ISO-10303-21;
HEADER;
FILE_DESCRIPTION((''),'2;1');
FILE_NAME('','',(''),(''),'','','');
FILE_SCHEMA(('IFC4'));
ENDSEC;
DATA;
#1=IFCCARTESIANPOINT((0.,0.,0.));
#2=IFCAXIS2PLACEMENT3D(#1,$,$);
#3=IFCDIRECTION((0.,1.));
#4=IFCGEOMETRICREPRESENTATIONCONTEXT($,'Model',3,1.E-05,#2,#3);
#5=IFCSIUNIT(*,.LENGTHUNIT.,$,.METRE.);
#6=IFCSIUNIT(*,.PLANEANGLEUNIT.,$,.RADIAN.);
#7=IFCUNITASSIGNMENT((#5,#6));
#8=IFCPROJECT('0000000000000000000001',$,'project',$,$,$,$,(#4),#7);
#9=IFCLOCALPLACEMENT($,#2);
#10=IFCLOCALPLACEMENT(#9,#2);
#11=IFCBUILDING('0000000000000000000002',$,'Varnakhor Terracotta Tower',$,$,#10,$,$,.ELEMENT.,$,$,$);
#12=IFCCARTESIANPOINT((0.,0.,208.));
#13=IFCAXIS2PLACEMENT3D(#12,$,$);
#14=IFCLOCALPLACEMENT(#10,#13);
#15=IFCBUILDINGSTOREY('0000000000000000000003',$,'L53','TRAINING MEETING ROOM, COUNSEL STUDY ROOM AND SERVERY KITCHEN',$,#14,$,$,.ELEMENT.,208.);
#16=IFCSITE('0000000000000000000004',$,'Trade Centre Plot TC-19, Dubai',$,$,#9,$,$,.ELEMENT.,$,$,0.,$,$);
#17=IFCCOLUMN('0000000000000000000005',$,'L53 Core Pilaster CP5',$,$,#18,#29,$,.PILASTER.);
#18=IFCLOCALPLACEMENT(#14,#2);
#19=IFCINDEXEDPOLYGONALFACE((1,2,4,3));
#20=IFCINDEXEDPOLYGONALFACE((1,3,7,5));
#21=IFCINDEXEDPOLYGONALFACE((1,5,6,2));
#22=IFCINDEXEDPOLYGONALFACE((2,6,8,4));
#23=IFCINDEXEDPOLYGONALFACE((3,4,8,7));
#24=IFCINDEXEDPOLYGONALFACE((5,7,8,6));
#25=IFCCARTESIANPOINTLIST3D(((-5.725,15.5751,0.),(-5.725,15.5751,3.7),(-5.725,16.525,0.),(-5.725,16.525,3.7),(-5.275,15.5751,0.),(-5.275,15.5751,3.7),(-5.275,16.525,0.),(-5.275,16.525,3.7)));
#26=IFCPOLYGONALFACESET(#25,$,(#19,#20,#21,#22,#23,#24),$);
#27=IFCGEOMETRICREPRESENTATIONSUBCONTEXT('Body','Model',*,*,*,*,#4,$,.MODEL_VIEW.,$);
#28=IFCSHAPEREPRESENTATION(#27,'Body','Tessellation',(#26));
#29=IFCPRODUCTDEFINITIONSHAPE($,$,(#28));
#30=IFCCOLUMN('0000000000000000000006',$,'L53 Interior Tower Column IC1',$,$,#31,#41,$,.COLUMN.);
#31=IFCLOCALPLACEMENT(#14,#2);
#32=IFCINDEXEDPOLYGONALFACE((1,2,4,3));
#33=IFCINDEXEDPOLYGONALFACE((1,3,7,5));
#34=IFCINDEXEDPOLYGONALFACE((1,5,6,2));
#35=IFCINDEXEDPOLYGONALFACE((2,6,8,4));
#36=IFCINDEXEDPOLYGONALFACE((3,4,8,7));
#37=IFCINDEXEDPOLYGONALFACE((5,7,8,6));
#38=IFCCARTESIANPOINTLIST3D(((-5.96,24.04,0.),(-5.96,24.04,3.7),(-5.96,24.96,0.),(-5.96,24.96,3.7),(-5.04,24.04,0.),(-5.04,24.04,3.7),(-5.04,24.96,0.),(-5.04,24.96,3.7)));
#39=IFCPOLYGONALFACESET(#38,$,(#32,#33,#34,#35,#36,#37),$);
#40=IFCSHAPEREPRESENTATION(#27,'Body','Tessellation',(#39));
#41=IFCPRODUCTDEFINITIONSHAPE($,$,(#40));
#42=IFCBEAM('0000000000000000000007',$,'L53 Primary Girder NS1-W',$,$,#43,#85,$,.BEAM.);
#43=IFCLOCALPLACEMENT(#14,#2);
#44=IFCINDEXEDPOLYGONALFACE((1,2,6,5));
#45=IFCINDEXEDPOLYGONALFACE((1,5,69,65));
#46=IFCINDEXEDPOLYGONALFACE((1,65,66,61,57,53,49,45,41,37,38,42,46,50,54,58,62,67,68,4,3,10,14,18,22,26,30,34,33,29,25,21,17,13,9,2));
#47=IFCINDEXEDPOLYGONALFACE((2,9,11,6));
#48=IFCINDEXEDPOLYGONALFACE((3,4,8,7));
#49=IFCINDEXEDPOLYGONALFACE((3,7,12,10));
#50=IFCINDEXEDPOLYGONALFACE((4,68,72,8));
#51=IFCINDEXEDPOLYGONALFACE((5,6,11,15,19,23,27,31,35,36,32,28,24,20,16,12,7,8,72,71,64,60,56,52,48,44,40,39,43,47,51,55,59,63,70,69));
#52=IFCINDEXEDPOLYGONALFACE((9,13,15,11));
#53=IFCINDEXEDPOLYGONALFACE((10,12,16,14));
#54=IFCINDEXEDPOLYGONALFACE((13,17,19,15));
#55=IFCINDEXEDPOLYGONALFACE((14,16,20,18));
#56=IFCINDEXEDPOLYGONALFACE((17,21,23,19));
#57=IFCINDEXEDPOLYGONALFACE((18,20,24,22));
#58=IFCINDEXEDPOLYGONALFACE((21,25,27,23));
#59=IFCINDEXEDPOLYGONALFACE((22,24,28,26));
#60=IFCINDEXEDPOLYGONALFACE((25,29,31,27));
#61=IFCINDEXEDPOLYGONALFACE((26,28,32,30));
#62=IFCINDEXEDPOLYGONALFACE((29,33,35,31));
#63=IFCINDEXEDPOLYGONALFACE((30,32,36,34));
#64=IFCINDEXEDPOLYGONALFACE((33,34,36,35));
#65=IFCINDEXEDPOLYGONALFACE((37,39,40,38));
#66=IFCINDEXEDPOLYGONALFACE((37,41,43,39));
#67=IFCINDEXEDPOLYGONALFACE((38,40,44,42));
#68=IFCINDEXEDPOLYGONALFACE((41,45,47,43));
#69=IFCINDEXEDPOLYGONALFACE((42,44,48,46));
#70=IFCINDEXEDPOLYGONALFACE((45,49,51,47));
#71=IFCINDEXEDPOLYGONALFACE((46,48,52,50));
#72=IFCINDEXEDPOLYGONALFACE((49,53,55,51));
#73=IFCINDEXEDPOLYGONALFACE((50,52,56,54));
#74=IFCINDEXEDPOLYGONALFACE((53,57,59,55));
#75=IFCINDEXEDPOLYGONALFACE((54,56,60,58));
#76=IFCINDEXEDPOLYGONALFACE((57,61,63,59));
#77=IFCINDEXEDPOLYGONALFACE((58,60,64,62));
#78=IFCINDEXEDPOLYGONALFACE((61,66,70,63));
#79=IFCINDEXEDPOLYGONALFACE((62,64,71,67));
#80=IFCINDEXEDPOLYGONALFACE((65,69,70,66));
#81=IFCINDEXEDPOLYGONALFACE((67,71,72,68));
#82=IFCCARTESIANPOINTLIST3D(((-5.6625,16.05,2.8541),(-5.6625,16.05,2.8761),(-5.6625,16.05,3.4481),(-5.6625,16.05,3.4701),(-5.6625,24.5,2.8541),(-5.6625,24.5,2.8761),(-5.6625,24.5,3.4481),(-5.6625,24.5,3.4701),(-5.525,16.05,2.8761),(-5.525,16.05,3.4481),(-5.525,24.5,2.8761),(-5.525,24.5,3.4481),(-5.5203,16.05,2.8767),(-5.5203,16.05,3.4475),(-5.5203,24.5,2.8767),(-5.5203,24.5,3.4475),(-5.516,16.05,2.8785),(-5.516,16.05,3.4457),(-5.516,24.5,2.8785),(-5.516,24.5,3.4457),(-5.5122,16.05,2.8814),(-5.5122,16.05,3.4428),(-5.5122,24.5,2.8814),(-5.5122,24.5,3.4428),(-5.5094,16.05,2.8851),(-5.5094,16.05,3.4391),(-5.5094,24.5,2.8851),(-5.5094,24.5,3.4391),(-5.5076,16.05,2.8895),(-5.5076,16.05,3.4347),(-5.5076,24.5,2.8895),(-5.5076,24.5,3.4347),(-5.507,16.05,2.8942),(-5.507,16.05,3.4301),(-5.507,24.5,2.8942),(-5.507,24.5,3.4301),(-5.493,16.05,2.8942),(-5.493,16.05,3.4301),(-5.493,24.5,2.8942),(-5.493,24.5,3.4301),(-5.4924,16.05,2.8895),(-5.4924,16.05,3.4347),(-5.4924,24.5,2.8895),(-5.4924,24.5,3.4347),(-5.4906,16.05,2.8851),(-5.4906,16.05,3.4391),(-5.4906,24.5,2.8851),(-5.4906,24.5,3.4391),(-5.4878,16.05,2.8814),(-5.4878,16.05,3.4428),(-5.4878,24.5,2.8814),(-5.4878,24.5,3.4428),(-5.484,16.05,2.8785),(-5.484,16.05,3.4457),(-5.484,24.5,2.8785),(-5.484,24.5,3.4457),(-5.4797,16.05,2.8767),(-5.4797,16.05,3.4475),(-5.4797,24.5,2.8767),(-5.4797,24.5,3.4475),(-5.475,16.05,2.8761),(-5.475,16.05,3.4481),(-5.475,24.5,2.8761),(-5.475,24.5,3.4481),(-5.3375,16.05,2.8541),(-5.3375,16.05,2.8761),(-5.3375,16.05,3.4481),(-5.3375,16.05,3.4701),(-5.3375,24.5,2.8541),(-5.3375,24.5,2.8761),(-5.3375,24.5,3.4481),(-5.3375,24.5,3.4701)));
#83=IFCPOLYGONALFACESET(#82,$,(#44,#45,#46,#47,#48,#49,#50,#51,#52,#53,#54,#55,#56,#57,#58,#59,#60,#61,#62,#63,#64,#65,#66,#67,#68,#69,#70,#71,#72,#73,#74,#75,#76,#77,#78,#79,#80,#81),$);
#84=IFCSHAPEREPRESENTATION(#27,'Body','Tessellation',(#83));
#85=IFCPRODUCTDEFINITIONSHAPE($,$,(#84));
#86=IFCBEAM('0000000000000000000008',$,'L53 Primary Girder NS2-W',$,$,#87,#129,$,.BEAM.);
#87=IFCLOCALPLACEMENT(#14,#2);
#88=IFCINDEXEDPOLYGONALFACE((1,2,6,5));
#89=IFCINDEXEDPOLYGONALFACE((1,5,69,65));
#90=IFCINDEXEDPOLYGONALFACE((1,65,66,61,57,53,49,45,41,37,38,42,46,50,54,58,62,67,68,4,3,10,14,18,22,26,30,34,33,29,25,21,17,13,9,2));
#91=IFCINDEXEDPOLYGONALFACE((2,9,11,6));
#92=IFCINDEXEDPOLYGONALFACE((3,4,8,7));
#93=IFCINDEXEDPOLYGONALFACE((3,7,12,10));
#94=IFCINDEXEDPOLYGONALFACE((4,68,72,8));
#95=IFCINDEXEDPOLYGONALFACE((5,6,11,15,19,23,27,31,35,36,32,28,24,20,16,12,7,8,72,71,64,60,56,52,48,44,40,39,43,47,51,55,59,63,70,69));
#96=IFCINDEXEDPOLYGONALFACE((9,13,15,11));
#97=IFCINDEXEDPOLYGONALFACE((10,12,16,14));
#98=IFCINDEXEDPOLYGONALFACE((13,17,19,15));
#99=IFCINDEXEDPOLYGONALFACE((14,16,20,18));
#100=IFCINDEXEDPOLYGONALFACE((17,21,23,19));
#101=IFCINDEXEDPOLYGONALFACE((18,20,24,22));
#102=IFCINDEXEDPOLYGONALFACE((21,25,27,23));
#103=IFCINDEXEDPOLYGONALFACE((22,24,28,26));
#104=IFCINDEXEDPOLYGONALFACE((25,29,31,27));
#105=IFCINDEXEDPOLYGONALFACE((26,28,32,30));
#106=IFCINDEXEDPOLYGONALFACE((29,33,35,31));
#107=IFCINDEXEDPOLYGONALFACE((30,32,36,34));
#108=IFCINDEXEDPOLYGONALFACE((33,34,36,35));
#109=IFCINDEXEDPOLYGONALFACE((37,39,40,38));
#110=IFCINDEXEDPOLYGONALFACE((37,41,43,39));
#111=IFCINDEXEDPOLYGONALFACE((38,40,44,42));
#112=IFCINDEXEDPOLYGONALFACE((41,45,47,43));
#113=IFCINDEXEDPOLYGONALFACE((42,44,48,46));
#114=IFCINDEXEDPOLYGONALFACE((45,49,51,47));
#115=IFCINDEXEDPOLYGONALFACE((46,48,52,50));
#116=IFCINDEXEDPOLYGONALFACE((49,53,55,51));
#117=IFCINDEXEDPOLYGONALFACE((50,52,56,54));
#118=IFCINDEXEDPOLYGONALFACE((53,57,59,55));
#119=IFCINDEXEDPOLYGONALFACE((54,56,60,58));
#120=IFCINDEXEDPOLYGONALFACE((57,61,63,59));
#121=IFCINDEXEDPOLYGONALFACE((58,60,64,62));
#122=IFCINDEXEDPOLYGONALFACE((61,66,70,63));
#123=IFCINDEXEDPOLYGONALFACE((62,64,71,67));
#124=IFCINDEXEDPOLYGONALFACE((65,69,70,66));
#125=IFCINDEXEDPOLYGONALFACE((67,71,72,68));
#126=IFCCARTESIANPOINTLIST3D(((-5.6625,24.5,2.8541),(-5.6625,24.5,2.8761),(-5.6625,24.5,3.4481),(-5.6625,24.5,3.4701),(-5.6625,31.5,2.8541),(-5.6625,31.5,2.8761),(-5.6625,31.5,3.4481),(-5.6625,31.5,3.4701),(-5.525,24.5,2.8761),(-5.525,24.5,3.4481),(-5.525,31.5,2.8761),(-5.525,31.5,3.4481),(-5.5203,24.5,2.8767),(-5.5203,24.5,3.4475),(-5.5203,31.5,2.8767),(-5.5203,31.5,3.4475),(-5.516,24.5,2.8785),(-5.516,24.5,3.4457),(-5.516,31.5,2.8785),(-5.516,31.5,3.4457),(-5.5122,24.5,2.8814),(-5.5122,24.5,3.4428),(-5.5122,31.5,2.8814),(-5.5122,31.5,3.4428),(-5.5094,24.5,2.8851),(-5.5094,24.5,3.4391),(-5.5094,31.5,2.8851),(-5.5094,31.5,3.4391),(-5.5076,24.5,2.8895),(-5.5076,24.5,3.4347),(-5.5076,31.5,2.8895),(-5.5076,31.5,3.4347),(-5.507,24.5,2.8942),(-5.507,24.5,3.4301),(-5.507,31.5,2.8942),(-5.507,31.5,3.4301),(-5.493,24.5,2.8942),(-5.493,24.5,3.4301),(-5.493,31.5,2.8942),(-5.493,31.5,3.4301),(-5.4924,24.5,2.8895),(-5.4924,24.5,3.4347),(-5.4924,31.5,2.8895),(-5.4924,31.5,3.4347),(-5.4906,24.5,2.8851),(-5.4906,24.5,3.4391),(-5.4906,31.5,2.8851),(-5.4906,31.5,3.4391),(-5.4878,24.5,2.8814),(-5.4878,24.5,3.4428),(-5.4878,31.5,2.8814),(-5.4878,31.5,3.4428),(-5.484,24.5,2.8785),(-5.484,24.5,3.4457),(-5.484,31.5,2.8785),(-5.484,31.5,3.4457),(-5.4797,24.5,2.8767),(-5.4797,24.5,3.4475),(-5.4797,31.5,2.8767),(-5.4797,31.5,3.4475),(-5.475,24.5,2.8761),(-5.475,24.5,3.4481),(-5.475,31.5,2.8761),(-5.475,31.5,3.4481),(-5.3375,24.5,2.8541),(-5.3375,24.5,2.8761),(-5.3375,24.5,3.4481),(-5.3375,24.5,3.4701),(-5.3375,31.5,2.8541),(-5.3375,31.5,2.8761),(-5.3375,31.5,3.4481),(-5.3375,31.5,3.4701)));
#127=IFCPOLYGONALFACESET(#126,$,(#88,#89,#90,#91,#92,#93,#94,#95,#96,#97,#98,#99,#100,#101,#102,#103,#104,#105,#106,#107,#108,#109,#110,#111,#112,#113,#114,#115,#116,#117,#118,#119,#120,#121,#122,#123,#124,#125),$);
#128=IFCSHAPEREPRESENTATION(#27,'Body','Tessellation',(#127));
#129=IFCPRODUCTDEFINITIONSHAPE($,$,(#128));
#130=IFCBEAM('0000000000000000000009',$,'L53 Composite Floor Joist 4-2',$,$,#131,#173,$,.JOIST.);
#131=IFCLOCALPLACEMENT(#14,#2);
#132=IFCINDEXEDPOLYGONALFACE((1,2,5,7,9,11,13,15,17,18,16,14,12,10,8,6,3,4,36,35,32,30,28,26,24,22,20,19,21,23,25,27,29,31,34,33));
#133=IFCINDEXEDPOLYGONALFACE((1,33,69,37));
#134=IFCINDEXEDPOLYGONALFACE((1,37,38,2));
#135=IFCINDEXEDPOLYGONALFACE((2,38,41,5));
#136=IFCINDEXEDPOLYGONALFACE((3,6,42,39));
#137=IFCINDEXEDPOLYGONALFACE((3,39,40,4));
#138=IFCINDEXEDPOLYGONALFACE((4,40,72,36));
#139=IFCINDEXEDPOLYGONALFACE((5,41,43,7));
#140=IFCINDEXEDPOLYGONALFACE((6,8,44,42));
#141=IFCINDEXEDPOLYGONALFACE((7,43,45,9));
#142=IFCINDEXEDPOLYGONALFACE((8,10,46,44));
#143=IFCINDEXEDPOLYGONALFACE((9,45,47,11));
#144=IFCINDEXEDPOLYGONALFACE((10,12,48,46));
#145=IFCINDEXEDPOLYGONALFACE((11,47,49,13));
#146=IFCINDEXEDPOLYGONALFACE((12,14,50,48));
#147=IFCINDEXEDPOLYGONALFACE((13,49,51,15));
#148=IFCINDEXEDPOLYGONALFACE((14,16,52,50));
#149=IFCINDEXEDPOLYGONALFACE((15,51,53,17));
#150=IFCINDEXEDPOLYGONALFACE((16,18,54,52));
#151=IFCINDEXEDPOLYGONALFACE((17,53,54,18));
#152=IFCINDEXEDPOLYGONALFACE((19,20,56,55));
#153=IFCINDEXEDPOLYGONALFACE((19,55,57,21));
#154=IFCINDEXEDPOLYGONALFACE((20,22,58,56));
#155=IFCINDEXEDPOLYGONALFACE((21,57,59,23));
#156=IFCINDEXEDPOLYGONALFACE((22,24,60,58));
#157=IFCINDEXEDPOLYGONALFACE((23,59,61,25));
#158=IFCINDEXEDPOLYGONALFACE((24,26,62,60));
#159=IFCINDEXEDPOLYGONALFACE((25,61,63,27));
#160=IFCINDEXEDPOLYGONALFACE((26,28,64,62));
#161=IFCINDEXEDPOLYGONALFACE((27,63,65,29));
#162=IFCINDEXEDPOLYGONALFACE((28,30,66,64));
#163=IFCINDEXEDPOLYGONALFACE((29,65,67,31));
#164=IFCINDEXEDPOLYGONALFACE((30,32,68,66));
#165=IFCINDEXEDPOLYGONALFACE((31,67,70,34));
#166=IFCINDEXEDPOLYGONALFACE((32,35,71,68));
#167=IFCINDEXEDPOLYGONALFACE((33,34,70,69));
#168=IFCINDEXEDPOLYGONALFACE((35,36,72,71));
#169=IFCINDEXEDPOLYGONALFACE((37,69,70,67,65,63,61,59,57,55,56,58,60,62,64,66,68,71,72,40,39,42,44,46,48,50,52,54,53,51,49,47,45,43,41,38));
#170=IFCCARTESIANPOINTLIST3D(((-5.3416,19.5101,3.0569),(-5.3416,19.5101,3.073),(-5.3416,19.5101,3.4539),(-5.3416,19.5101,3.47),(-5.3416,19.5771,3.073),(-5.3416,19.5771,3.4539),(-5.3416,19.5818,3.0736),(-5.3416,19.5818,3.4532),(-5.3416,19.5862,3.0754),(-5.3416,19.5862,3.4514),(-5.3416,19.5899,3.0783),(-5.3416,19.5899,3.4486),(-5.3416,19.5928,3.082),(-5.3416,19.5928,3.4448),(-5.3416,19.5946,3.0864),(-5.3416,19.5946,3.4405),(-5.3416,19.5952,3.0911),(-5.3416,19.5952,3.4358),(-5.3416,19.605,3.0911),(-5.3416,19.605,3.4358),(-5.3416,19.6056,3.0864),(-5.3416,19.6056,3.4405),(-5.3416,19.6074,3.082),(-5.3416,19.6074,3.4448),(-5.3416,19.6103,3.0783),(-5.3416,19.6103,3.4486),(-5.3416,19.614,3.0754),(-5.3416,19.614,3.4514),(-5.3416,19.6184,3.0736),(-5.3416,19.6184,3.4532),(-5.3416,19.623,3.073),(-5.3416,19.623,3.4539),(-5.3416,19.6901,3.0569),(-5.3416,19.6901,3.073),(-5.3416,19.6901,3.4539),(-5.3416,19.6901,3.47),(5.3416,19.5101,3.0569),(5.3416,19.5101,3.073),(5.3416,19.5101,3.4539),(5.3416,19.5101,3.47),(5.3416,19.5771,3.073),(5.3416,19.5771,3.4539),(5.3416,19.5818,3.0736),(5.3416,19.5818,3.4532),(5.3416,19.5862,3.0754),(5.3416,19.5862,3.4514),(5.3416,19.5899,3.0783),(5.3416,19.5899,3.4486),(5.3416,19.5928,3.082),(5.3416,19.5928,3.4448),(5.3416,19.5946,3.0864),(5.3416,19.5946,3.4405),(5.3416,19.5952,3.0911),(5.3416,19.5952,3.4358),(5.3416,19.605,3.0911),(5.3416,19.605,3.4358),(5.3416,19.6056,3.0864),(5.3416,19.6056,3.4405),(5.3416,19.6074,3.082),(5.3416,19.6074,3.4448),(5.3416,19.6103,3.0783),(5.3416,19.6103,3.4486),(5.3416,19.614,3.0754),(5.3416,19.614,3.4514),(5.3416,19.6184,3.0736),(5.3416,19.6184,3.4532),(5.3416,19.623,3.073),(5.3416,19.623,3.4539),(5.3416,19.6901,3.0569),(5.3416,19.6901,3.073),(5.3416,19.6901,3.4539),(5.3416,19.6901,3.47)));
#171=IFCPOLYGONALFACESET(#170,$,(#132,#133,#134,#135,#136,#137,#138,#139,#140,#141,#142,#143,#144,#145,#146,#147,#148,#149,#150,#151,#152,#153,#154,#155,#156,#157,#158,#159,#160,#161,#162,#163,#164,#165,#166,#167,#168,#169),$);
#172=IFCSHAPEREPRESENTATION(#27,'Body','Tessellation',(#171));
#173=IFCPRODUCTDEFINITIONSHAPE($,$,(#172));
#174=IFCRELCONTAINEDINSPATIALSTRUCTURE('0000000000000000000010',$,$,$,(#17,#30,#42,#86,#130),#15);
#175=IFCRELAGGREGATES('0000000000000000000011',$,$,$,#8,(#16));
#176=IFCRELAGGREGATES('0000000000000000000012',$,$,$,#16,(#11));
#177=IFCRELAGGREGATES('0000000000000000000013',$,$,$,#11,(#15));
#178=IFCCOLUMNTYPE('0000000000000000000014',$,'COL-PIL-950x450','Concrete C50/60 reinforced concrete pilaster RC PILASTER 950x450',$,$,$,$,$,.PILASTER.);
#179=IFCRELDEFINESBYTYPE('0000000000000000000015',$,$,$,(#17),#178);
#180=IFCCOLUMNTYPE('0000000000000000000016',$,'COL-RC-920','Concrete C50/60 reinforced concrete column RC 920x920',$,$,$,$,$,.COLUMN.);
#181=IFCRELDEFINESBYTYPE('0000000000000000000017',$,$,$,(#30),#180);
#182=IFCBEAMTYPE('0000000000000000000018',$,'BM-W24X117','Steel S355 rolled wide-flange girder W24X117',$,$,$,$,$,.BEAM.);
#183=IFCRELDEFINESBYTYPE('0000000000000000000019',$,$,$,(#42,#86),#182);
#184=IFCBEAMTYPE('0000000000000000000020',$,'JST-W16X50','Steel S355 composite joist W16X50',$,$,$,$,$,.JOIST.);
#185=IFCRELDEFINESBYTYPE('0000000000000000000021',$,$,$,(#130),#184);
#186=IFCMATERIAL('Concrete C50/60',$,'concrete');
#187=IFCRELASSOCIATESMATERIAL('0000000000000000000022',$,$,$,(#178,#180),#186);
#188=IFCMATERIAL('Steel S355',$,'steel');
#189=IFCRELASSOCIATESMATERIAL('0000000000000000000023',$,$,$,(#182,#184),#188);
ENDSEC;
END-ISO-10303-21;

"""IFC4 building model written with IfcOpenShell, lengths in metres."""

from ifc_helpers import new_model, si_unit, direction, frame, origin, origin_2d, place, context, subcontext, project, spatial, rectangle, i_section, extrude, source, transform, mapped, material, material_profile, profile_set, type_object, type_shapes, element, save


model = new_model("IFC4")

# Units and contexts
model_context = context("Model", 3, precision=1e-05, world=origin(), true_north=direction((0.0, 1.0)))
body_context = subcontext(model_context, "Body", "Model", "MODEL_VIEW")
ifc_project = project(units=[si_unit("LENGTHUNIT", "METRE"), si_unit("PLANEANGLEUNIT", "RADIAN")], contexts=[model_context])

# Site, building, storey
site_placement = place(None, origin())
site = spatial("IfcSite", under=ifc_project, at=site_placement, Name="Trade Centre Plot TC-19, Dubai", CompositionType="ELEMENT", RefElevation=0.0)
building_placement = place(site_placement, origin())
building = spatial("IfcBuilding", under=site, at=building_placement, Name="Varnakhor Terracotta Tower", CompositionType="ELEMENT")
storey_placement = place(building_placement, frame((0.0, 0.0, 208.0)))
storey = spatial("IfcBuildingStorey", under=building, at=storey_placement, Name="L53", Description="TRAINING MEETING ROOM, COUNSEL STUDY ROOM AND SERVERY KITCHEN", CompositionType="ELEMENT", Elevation=208.0)

# Columns
ifc_material_1 = material(Name="Concrete C50/60", Category="concrete")
ifc_material_profile_1 = material_profile(ifc_material_1, rectangle(XDim=0.45, YDim=0.95, at=origin_2d()), Name="RC PILASTER 950x450")
ifc_profile_set_1 = profile_set([ifc_material_profile_1], Name="Concrete C50/60")
column_type_1 = type_object("IfcColumnType", Name="COL-PIL-950x450", Description="Concrete C50/60 reinforced concrete pilaster RC PILASTER 950x450", PredefinedType="PILASTER", material=ifc_profile_set_1)
shared_shape_1 = source(origin(), body_context, "Body", "SweptSolid", [
    extrude(rectangle(XDim=0.45, YDim=0.95, at=origin_2d()), origin(), (0.0, 0.0, 1.0), 3.7),
])
column_1_placement = place(storey_placement, frame((-5.5, 16.05, 0.0), z_axis=(0.0, 0.0, 1.0), x_axis=(1.0, 0.0, 0.0)))
element("IfcColumn", 1, at=column_1_placement, inside=storey, type_object=column_type_1, Name="L53 Core Pilaster CP5", PredefinedType="PILASTER", context=body_context, shape_type="MappedRepresentation", body=[
    mapped(shared_shape_1, transform((0.0, 0.0, 0.0), scale=1.0)),
])
ifc_material_profile_2 = material_profile(ifc_material_1, rectangle(XDim=0.9199, YDim=0.9199, at=origin_2d()), Name="RC 920x920")
ifc_profile_set_2 = profile_set([ifc_material_profile_2], Name="Concrete C50/60")
column_type_2 = type_object("IfcColumnType", Name="COL-RC-920", Description="Concrete C50/60 reinforced concrete column RC 920x920", PredefinedType="COLUMN", material=ifc_profile_set_2)
shared_shape_2 = source(origin(), body_context, "Body", "SweptSolid", [
    extrude(rectangle(XDim=0.9199, YDim=0.9199, at=origin_2d()), origin(), (0.0, 0.0, 1.0), 3.7),
])
column_2_placement = place(storey_placement, frame((-5.5, 24.5, 0.0), z_axis=(0.0, 0.0, 1.0), x_axis=(1.0, 0.0, 0.0)))
element("IfcColumn", 2, at=column_2_placement, inside=storey, type_object=column_type_2, Name="L53 Interior Tower Column IC1", PredefinedType="COLUMN", context=body_context, shape_type="MappedRepresentation", body=[
    mapped(shared_shape_2, transform((0.0, 0.0, 0.0), scale=1.0)),
])

# Beams
ifc_material_2 = material(Name="Steel S355", Category="steel")
ifc_material_profile_3 = material_profile(ifc_material_2, i_section(OverallWidth=0.325, OverallDepth=0.616, WebThickness=0.0139, FlangeThickness=0.022, FilletRadius=0.0181, at=origin_2d()), Name="W24X117")
ifc_profile_set_3 = profile_set([ifc_material_profile_3], Name="Steel S355")
beam_type_1 = type_object("IfcBeamType", Name="BM-W24X117", Description="Steel S355 rolled wide-flange girder W24X117", PredefinedType="BEAM", material=ifc_profile_set_3)
shared_shape_3 = source(origin(), body_context, "Body", "SweptSolid", [
    extrude(i_section(OverallWidth=0.325, OverallDepth=0.616, WebThickness=0.0139, FlangeThickness=0.022, FilletRadius=0.0181, at=origin_2d()), origin(), (0.0, 0.0, 1.0), 8.45),
])
type_shapes(beam_type_1, [shared_shape_3])
beam_1_placement = place(storey_placement, frame((-5.5, 16.05, 3.1621), z_axis=(0.0, 1.0, 0.0), x_axis=(-1.0, 0.0, 0.0)))
element("IfcBeam", 3, at=beam_1_placement, inside=storey, type_object=beam_type_1, Name="L53 Primary Girder NS1-W", PredefinedType="BEAM", context=body_context, shape_type="MappedRepresentation", body=[
    mapped(shared_shape_3, transform((0.0, 0.0, 0.0), scale=1.0)),
])
shared_shape_4 = source(origin(), body_context, "Body", "SweptSolid", [
    extrude(i_section(OverallWidth=0.325, OverallDepth=0.616, WebThickness=0.0139, FlangeThickness=0.022, FilletRadius=0.0181, at=origin_2d()), origin(), (0.0, 0.0, 1.0), 7.0),
])
beam_2_placement = place(storey_placement, frame((-5.5, 24.5, 3.1621), z_axis=(0.0, 1.0, 0.0), x_axis=(-1.0, 0.0, 0.0)))
element("IfcBeam", 4, at=beam_2_placement, inside=storey, type_object=beam_type_1, Name="L53 Primary Girder NS2-W", PredefinedType="BEAM", context=body_context, shape_type="MappedRepresentation", body=[
    mapped(shared_shape_4, transform((0.0, 0.0, 0.0), scale=1.0)),
])
ifc_material_profile_4 = material_profile(ifc_material_2, i_section(OverallWidth=0.1799, OverallDepth=0.4131, WebThickness=0.0098, FlangeThickness=0.0161, FilletRadius=0.0181, at=origin_2d()), Name="W16X50")
ifc_profile_set_4 = profile_set([ifc_material_profile_4], Name="Steel S355")
beam_type_2 = type_object("IfcBeamType", Name="JST-W16X50", Description="Steel S355 composite joist W16X50", PredefinedType="JOIST", material=ifc_profile_set_4)
shared_shape_5 = source(origin(), body_context, "Body", "SweptSolid", [
    extrude(i_section(OverallWidth=0.1799, OverallDepth=0.4131, WebThickness=0.0098, FlangeThickness=0.0161, FilletRadius=0.0181, at=origin_2d()), origin(), (0.0, 0.0, 1.0), 10.6831),
])
for number, where, z_axis, x_axis, name in (
    (5, (-5.3416, 19.6001, 3.2634), (1.0, 0.0, 0.0), (0.0, 1.0, 0.0), "L53 Composite Floor Joist 4-2"),
):
    element("IfcBeam", number, at=place(storey_placement, frame(where, z_axis=z_axis, x_axis=x_axis)), inside=storey, type_object=beam_type_2, Name=name, PredefinedType="JOIST", context=body_context, shape_type="MappedRepresentation", body=[
        mapped(shared_shape_5, transform((0.0, 0.0, 0.0), scale=1.0)),
    ])

save(model, "model.ifc")
